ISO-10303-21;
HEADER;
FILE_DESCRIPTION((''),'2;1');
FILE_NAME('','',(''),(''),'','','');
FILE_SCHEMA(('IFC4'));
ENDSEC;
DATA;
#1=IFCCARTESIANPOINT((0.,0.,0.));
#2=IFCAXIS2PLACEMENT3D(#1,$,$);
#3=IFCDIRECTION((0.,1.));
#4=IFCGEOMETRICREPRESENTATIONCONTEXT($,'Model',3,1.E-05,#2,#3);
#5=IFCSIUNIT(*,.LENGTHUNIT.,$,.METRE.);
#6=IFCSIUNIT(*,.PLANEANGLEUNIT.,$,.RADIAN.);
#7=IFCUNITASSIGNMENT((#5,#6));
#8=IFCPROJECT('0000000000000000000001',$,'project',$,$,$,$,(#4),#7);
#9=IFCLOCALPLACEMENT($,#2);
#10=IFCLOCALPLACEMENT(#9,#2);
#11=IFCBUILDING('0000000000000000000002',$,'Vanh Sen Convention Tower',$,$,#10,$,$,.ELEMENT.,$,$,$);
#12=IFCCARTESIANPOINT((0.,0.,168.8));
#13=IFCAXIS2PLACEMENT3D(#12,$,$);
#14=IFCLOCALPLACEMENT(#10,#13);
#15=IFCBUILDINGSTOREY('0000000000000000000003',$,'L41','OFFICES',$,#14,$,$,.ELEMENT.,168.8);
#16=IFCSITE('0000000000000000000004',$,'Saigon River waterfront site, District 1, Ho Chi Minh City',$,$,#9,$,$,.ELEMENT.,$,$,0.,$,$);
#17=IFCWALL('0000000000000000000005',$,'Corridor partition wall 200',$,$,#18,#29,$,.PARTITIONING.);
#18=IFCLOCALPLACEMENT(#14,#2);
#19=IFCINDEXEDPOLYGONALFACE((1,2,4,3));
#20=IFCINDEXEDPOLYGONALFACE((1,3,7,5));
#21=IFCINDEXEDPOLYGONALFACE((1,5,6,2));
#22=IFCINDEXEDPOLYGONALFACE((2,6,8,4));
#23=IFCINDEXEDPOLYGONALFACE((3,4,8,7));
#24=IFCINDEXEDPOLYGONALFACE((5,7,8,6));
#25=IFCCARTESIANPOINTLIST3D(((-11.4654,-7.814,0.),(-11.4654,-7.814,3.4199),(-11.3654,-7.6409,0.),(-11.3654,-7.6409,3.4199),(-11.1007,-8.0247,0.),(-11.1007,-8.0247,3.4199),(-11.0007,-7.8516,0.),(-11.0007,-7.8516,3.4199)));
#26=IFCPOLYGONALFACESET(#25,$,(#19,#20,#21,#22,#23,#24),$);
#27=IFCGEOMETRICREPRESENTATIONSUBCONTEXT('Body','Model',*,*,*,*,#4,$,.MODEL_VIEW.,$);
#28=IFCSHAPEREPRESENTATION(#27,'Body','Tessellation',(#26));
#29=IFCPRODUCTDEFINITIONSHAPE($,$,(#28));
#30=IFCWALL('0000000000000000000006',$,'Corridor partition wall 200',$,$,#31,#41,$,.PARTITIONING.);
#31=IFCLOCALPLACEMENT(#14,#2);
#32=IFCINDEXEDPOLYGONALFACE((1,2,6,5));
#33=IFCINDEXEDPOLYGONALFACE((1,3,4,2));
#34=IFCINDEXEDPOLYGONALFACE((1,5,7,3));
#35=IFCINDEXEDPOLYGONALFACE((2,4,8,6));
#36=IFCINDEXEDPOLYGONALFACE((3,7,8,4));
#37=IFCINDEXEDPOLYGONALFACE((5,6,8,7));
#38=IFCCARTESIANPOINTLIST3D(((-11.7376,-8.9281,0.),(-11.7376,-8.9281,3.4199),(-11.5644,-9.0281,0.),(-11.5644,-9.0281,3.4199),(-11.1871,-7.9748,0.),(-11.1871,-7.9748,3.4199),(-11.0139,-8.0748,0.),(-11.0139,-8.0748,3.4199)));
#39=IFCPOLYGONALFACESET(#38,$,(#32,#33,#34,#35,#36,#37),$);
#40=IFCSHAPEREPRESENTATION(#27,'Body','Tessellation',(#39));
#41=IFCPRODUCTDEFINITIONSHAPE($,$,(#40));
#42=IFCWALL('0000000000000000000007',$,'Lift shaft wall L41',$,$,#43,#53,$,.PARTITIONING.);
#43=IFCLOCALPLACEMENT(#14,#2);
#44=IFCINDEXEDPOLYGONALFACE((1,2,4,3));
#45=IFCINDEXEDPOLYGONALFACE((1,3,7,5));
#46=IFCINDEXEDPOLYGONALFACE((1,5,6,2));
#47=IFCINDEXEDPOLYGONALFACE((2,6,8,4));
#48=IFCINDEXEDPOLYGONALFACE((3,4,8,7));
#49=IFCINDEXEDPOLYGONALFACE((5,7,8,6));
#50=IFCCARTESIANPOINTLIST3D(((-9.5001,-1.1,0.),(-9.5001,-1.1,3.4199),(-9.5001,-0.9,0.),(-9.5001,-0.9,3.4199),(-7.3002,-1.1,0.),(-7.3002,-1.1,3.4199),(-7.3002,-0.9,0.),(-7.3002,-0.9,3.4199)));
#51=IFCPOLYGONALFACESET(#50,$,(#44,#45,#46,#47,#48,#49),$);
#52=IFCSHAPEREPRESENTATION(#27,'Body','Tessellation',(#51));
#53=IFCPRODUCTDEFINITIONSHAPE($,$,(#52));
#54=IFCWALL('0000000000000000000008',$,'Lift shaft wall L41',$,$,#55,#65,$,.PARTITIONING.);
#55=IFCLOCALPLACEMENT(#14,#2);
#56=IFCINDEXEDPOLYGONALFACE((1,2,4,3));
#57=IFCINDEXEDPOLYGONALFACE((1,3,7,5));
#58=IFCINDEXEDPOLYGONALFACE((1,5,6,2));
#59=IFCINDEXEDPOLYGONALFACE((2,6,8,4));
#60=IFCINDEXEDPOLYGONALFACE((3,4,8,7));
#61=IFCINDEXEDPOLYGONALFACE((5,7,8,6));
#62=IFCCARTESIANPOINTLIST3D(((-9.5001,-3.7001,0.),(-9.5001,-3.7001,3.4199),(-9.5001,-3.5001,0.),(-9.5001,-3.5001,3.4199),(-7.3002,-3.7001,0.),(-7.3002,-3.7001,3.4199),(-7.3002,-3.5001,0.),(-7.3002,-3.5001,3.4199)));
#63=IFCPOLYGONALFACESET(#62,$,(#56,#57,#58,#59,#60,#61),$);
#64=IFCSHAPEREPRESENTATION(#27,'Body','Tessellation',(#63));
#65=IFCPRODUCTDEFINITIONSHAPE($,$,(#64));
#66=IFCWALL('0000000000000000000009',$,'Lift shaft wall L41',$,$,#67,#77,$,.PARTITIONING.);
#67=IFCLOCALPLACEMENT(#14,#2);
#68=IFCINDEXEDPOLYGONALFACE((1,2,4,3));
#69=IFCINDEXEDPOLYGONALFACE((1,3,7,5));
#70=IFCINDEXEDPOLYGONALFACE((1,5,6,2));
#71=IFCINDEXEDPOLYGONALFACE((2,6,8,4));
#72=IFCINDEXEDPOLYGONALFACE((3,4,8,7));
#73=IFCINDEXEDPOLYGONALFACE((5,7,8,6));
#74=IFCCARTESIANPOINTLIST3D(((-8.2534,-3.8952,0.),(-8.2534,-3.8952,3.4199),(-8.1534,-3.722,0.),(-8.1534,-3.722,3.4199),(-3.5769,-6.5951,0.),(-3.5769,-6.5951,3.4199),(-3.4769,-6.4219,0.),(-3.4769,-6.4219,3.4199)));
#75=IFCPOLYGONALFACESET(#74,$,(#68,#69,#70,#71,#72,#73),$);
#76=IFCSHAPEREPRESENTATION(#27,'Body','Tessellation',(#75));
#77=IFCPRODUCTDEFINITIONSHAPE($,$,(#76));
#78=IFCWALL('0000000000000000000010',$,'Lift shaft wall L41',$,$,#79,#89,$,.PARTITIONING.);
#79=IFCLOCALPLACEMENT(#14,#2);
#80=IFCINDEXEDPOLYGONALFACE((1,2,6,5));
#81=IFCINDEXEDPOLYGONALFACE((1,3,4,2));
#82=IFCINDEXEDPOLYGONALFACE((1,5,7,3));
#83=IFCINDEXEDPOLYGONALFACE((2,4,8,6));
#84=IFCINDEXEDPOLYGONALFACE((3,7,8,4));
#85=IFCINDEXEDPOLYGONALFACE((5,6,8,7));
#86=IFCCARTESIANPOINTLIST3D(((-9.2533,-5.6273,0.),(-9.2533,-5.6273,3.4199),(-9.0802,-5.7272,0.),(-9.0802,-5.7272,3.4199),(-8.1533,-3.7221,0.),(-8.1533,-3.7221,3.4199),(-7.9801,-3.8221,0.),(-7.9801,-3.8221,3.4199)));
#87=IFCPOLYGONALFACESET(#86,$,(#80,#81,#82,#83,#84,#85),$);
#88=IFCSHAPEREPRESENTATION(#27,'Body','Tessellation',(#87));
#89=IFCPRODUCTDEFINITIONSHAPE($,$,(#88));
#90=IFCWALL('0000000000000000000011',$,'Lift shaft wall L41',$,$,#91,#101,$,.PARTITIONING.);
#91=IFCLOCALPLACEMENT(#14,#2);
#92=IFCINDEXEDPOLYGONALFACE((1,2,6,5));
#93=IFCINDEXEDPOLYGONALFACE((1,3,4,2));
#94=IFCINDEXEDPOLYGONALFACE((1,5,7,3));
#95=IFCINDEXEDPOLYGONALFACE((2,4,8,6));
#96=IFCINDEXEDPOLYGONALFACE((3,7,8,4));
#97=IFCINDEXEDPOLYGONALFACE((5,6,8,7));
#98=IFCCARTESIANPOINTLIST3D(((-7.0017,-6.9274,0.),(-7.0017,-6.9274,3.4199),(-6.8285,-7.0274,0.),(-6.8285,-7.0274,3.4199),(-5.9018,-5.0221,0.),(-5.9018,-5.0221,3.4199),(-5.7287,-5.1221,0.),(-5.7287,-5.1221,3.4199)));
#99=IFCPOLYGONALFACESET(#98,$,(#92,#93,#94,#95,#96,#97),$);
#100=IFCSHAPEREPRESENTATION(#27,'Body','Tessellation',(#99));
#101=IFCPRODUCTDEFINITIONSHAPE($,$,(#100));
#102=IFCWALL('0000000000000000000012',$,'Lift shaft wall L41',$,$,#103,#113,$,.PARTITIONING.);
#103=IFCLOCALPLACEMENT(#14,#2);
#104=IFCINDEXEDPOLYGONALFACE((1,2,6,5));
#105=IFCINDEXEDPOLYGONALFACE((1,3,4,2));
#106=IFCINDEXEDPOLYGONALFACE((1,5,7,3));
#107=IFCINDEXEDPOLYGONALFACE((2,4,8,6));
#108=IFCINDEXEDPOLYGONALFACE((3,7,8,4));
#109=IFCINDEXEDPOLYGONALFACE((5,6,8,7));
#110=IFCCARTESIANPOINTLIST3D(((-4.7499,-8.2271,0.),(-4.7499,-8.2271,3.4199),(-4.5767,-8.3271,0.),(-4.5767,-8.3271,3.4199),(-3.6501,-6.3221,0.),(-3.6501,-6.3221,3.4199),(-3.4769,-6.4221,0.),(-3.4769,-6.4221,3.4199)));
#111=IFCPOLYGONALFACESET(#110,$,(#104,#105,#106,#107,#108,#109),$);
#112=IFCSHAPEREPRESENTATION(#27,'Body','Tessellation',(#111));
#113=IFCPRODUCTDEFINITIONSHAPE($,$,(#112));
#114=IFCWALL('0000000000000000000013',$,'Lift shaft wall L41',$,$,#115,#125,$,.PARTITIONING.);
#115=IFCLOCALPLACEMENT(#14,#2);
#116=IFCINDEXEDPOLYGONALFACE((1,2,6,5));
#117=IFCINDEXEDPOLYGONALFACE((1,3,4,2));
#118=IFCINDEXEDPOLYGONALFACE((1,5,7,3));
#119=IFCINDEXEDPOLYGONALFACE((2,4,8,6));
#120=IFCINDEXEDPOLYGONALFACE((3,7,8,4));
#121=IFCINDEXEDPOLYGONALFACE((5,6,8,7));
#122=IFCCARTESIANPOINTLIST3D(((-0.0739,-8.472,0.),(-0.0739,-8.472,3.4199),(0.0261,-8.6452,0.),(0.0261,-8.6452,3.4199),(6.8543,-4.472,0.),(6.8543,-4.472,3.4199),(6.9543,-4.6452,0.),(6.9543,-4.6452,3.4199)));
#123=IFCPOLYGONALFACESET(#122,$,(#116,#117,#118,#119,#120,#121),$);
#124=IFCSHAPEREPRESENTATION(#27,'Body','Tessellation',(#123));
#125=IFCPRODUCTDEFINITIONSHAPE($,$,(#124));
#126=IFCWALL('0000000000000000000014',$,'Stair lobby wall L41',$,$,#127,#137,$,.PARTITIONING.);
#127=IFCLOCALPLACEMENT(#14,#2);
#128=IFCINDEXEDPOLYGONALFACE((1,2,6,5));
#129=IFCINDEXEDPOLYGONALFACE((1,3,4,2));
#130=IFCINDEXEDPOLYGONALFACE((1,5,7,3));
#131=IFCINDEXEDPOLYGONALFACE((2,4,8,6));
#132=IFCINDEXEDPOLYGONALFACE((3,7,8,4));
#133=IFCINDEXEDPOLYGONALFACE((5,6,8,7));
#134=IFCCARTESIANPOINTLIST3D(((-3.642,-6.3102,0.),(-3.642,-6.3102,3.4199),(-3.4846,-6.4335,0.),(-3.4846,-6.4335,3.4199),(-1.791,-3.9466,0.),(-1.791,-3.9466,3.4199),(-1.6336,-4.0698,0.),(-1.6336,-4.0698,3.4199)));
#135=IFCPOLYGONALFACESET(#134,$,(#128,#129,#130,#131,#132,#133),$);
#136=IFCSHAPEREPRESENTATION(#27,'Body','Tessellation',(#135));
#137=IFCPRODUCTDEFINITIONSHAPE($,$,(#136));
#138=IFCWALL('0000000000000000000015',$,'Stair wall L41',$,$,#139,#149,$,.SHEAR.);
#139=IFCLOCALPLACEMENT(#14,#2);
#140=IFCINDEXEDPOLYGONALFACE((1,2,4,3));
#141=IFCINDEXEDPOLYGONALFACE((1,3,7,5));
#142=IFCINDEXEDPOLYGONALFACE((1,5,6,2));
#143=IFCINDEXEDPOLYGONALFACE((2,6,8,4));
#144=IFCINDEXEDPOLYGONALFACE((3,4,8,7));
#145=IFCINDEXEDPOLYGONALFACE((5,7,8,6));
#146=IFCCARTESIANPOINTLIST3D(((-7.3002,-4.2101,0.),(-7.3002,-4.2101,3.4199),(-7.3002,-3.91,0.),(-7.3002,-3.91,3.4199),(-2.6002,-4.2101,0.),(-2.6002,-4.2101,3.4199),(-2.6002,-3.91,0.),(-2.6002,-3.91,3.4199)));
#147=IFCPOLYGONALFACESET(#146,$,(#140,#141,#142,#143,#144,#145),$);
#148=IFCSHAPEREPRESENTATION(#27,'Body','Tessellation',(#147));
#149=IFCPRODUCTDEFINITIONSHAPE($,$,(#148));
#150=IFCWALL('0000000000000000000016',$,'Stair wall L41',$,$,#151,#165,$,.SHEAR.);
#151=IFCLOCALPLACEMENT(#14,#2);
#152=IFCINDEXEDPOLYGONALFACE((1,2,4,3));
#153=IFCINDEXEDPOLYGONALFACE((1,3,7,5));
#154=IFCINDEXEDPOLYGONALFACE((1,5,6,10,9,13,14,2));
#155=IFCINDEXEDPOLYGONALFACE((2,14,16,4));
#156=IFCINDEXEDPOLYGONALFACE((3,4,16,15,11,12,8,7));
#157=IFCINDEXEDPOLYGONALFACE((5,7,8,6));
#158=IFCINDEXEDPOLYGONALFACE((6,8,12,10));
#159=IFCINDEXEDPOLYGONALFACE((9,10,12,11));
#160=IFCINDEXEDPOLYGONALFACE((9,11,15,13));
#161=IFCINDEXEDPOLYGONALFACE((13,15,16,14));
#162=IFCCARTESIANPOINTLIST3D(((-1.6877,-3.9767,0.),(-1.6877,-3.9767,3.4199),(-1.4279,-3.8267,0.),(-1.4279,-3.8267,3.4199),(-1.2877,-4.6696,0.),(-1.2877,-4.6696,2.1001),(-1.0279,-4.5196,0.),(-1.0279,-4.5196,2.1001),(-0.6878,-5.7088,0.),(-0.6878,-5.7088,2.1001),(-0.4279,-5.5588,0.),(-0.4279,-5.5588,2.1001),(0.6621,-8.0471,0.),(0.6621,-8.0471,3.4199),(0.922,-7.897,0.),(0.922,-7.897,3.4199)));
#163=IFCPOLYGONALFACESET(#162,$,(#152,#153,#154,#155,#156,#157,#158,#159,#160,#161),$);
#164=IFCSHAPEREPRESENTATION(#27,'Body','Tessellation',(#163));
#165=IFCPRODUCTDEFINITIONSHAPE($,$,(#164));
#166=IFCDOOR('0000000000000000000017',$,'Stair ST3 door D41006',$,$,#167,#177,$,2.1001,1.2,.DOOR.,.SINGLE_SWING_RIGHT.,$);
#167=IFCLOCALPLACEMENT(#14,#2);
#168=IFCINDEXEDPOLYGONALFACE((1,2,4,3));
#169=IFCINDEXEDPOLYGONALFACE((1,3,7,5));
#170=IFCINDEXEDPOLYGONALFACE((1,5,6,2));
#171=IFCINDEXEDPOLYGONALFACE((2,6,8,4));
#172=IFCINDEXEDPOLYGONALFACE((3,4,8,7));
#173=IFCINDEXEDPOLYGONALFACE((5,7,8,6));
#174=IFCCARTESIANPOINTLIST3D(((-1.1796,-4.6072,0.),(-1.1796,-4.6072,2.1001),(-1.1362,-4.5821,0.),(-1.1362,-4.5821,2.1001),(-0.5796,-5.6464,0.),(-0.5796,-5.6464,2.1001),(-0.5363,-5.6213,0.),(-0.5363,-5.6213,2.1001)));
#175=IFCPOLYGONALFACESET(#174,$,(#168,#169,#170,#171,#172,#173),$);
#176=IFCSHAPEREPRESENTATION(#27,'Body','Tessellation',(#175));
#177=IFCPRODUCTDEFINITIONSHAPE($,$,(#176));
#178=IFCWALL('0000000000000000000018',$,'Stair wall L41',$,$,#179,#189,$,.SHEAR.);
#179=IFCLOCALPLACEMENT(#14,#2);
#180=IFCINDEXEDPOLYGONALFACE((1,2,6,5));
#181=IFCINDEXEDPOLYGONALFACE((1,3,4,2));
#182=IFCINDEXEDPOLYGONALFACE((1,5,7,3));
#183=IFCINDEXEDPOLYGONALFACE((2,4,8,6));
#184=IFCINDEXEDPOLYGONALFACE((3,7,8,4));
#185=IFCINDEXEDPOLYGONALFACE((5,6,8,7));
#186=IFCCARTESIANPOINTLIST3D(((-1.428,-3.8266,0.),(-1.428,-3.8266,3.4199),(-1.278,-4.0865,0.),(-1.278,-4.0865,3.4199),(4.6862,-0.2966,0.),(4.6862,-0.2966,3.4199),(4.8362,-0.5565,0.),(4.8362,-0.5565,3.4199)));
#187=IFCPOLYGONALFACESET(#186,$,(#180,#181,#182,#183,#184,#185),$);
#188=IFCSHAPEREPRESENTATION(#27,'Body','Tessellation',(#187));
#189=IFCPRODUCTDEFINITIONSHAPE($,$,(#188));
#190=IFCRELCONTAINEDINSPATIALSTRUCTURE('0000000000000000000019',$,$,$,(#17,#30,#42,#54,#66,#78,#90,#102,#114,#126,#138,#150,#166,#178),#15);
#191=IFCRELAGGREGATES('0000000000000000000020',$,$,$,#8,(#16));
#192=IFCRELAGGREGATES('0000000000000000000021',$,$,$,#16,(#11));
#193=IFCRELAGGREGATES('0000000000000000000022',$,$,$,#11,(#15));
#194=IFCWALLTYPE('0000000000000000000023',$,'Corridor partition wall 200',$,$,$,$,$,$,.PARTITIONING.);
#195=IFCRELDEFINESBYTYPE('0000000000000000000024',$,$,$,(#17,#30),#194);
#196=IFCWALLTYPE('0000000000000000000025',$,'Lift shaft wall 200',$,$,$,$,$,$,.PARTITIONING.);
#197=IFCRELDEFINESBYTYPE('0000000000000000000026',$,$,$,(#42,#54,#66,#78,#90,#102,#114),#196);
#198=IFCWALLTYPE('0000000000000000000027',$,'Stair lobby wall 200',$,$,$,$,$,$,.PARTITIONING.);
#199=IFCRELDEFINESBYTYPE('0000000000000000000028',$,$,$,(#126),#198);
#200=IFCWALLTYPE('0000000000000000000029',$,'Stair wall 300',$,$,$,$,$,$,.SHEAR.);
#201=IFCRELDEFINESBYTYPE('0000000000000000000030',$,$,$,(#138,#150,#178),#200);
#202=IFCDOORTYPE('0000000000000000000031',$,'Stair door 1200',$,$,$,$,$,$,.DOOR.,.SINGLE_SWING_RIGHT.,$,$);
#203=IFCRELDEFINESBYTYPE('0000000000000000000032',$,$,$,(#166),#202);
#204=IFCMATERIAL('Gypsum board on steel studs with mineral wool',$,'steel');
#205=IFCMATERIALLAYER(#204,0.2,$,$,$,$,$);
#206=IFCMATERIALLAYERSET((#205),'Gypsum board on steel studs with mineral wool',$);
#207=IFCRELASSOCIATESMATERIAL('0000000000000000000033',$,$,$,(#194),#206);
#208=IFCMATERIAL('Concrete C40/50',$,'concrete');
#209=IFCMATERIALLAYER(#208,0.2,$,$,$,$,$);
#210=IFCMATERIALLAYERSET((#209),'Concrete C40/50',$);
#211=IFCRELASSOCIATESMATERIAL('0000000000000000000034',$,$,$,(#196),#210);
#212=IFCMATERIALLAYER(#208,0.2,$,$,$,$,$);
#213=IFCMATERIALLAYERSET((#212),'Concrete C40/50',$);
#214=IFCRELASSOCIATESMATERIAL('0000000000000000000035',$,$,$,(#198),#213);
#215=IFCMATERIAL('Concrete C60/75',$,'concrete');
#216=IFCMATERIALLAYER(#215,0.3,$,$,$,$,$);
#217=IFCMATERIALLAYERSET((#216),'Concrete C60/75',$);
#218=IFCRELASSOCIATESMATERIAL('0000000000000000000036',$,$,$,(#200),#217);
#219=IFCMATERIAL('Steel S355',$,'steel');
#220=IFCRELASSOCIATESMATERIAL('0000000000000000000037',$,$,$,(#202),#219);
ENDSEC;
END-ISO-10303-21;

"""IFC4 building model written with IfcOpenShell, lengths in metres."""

from ifc_helpers import new_model, si_unit, direction, frame, frame_2d, origin, place, context, subcontext, project, spatial, rectangle, extrude, material, layer, layer_set, type_object, element, fill, save


model = new_model("IFC4")

# Units and contexts
model_context = context("Model", 3, precision=1e-05, world=origin(), true_north=direction((0.0, 1.0)))
body_context = subcontext(model_context, "Body", "Model", "MODEL_VIEW")
ifc_project = project(units=[si_unit("LENGTHUNIT", "METRE"), si_unit("PLANEANGLEUNIT", "RADIAN")], contexts=[model_context])

# Site, building, storey
site_placement = place(None, origin())
site = spatial("IfcSite", under=ifc_project, at=site_placement, Name="Saigon River waterfront site, District 1, Ho Chi Minh City", CompositionType="ELEMENT", RefElevation=0.0)
building_placement = place(site_placement, origin())
building = spatial("IfcBuilding", under=site, at=building_placement, Name="Vanh Sen Convention Tower", CompositionType="ELEMENT")
storey_placement = place(building_placement, frame((0.0, 0.0, 168.8)))
storey = spatial("IfcBuildingStorey", under=building, at=storey_placement, Name="L41", Description="OFFICES", CompositionType="ELEMENT", Elevation=168.8)

# Shared definitions
ifc_material_1 = material(Name="Concrete C40/50", Category="concrete")

# Shared definitions
ifc_material_2 = material(Name="Steel S355", Category="steel")

# Walls
ifc_material_3 = material(Name="Gypsum board on steel studs with mineral wool", Category="steel")
ifc_layer_1 = layer(ifc_material_3, 0.2)
ifc_layer_set_1 = layer_set([ifc_layer_1], Name="Gypsum board on steel studs with mineral wool")
wall_type_1 = type_object("IfcWallType", Name="Corridor partition wall 200", PredefinedType="PARTITIONING", material=ifc_layer_set_1)
wall_1_placement = place(storey_placement, frame((-11.4153, -7.7275, 0.0), z_axis=(0.0, 0.0, 1.0), x_axis=(0.865915, -0.500191, 0.0)))
element("IfcWall", 1, at=wall_1_placement, inside=storey, type_object=wall_type_1, Name="Corridor partition wall 200", PredefinedType="PARTITIONING", context=body_context, shape_type="SweptSolid", body=[
    extrude(rectangle(XDim=0.4211, YDim=0.2, at=frame_2d((0.2104, 0.0))), origin(), (0.0, 0.0, 1.0), 3.4199),
])
wall_2_placement = place(storey_placement, frame((-11.1006, -8.0249, 0.0), z_axis=(0.0, 0.0, 1.0), x_axis=(-0.500074, -0.865982, 0.0)))
element("IfcWall", 2, at=wall_2_placement, inside=storey, type_object=wall_type_1, Name="Corridor partition wall 200", PredefinedType="PARTITIONING", context=body_context, shape_type="SweptSolid", body=[
    extrude(rectangle(XDim=1.1008, YDim=0.2, at=frame_2d((0.5503, 0.0))), origin(), (0.0, 0.0, 1.0), 3.4199),
])
ifc_layer_2 = layer(ifc_material_1, 0.2)
ifc_layer_set_2 = layer_set([ifc_layer_2], Name="Concrete C40/50")
wall_type_2 = type_object("IfcWallType", Name="Lift shaft wall 200", PredefinedType="PARTITIONING", material=ifc_layer_set_2)
for number, where, z_axis, x_axis, name in (
    (3, (-7.3, -1.0, 0.0), (0.0, 0.0, 1.0), (-1.0, 0.0, 0.0), "Lift shaft wall L41"),
    (4, (-7.3, -3.6001, 0.0), (0.0, 0.0, 1.0), (-1.0, 0.0, 0.0), "Lift shaft wall L41"),
):
    element("IfcWall", number, at=place(storey_placement, frame(where, z_axis=z_axis, x_axis=x_axis)), inside=storey, type_object=wall_type_2, Name=name, PredefinedType="PARTITIONING", context=body_context, shape_type="SweptSolid", body=[
        extrude(rectangle(XDim=2.2, YDim=0.2, at=frame_2d((1.1001, 0.0))), origin(), (0.0, 0.0, 1.0), 3.4199),
    ])
wall_3_placement = place(storey_placement, frame((-8.2034, -3.8086, 0.0), z_axis=(0.0, 0.0, 1.0), x_axis=(0.866028, -0.499995, 0.0)))
element("IfcWall", 5, at=wall_3_placement, inside=storey, type_object=wall_type_2, Name="Lift shaft wall L41", PredefinedType="PARTITIONING", context=body_context, shape_type="SweptSolid", body=[
    extrude(rectangle(XDim=5.3999, YDim=0.2, at=frame_2d((2.7, 0.0))), origin(), (0.0, 0.0, 1.0), 3.4199),
])
for number, where, z_axis, x_axis, name in (
    (6, (-8.0667, -3.772, 0.0), (0.0, 0.0, 1.0), (-0.50003, -0.866008, 0.0), "Lift shaft wall L41"),
    (7, (-5.8152, -5.072, 0.0), (0.0, 0.0, 1.0), (-0.499947, -0.866056, 0.0), "Lift shaft wall L41"),
):
    element("IfcWall", number, at=place(storey_placement, frame(where, z_axis=z_axis, x_axis=x_axis)), inside=storey, type_object=wall_type_2, Name=name, PredefinedType="PARTITIONING", context=body_context, shape_type="SweptSolid", body=[
        extrude(rectangle(XDim=2.2, YDim=0.2, at=frame_2d((1.1001, 0.0))), origin(), (0.0, 0.0, 1.0), 3.4199),
    ])
wall_4_placement = place(storey_placement, frame((-3.5635, -6.3721, 0.0), z_axis=(0.0, 0.0, 1.0), x_axis=(-0.499995, -0.866028, 0.0)))
element("IfcWall", 8, at=wall_4_placement, inside=storey, type_object=wall_type_2, Name="Lift shaft wall L41", PredefinedType="PARTITIONING", context=body_context, shape_type="SweptSolid", body=[
    extrude(rectangle(XDim=2.1997, YDim=0.2, at=frame_2d((1.0999, 0.0))), origin(), (0.0, 0.0, 1.0), 3.4199),
])
wall_5_placement = place(storey_placement, frame((-0.0239, -8.5586, 0.0), z_axis=(0.0, 0.0, 1.0), x_axis=(0.866026, 0.499999, 0.0)))
element("IfcWall", 9, at=wall_5_placement, inside=storey, type_object=wall_type_2, Name="Lift shaft wall L41", PredefinedType="PARTITIONING", context=body_context, shape_type="SweptSolid", body=[
    extrude(rectangle(XDim=8.0, YDim=0.2, at=frame_2d((4.0, 0.0))), origin(), (0.0, 0.0, 1.0), 3.4199),
])
ifc_layer_3 = layer(ifc_material_1, 0.2)
ifc_layer_set_3 = layer_set([ifc_layer_3], Name="Concrete C40/50")
wall_type_3 = type_object("IfcWallType", Name="Stair lobby wall 200", PredefinedType="PARTITIONING", material=ifc_layer_set_3)
wall_6_placement = place(storey_placement, frame((-1.7124, -4.0083, 0.0), z_axis=(0.0, 0.0, 1.0), x_axis=(-0.616549, -0.787316, 0.0)))
element("IfcWall", 10, at=wall_6_placement, inside=storey, type_object=wall_type_3, Name="Stair lobby wall L41", PredefinedType="PARTITIONING", context=body_context, shape_type="SweptSolid", body=[
    extrude(rectangle(XDim=3.0022, YDim=0.2, at=frame_2d((1.501, 0.0))), origin(), (0.0, 0.0, 1.0), 3.4199),
])
ifc_material_4 = material(Name="Concrete C60/75", Category="concrete")
ifc_layer_4 = layer(ifc_material_4, 0.3)
ifc_layer_set_4 = layer_set([ifc_layer_4], Name="Concrete C60/75")
wall_type_4 = type_object("IfcWallType", Name="Stair wall 300", PredefinedType="SHEAR", material=ifc_layer_set_4)
wall_7_placement = place(storey_placement, frame((-2.6001, -4.0601, 0.0), z_axis=(0.0, 0.0, 1.0), x_axis=(-1.0, 0.0, 0.0)))
element("IfcWall", 11, at=wall_7_placement, inside=storey, type_object=wall_type_4, Name="Stair wall L41", PredefinedType="SHEAR", context=body_context, shape_type="SweptSolid", body=[
    extrude(rectangle(XDim=4.7, YDim=0.3, at=frame_2d((2.3501, 0.0))), origin(), (0.0, 0.0, 1.0), 3.4199),
])

# Wall, opening, door
wall_8_placement = place(storey_placement, frame((-1.5579, -3.9016, 0.0), z_axis=(0.0, 0.0, 1.0), x_axis=(0.499977, -0.866039, 0.0)))
wall_8 = element("IfcWall", 12, at=wall_8_placement, inside=storey, type_object=wall_type_4, Name="Stair wall L41", PredefinedType="SHEAR", context=body_context, shape_type="SweptSolid", body=[
    extrude(rectangle(XDim=4.7, YDim=0.3, at=frame_2d((2.3501, 0.0))), origin(), (0.0, 0.0, 1.0), 3.4199),
])
opening_1_placement = place(wall_8_placement, frame((0.8, 0.0, 0.0)))
opening_1 = element("IfcOpeningElement", 13, at=opening_1_placement, cuts=wall_8, PredefinedType="OPENING", context=body_context, shape_type="SweptSolid", body=[
    extrude(rectangle(XDim=1.2, YDim=2.1001, at=frame_2d((0.6001, 1.05))), frame((0.0, 0.1599, 0.0), z_axis=(0.0, -1.0, 0.0), x_axis=(1.0, 0.0, 0.0)), (0.0, 0.0, 1.0), 0.3201),
])
door_type_1 = type_object("IfcDoorType", Name="Stair door 1200", OperationType="SINGLE_SWING_RIGHT", PredefinedType="DOOR", material=ifc_material_2)
door_1_placement = place(opening_1_placement, origin())
door_1 = element("IfcDoor", 14, at=door_1_placement, inside=storey, type_object=door_type_1, Name="Stair ST3 door D41006", OperationType="SINGLE_SWING_RIGHT", OverallHeight=2.1001, OverallWidth=1.2, PredefinedType="DOOR", context=body_context, shape_type="SweptSolid", body=[
    extrude(rectangle(XDim=1.2, YDim=2.1001, at=frame_2d((0.6001, 1.05))), frame((0.0, 0.0249, 0.0), z_axis=(0.0, -1.0, 0.0), x_axis=(1.0, 0.0, 0.0)), (0.0, 0.0, 1.0), 0.05),
])
fill(opening_1, door_1)

# Wall
wall_9_placement = place(storey_placement, frame((-1.353, -3.9565, 0.0), z_axis=(0.0, 0.0, 1.0), x_axis=(0.866028, 0.499996, 0.0)))
element("IfcWall", 15, at=wall_9_placement, inside=storey, type_object=wall_type_4, Name="Stair wall L41", PredefinedType="SHEAR", context=body_context, shape_type="SweptSolid", body=[
    extrude(rectangle(XDim=7.0601, YDim=0.3, at=frame_2d((3.53, 0.0))), origin(), (0.0, 0.0, 1.0), 3.4199),
])

save(model, "model.ifc")
